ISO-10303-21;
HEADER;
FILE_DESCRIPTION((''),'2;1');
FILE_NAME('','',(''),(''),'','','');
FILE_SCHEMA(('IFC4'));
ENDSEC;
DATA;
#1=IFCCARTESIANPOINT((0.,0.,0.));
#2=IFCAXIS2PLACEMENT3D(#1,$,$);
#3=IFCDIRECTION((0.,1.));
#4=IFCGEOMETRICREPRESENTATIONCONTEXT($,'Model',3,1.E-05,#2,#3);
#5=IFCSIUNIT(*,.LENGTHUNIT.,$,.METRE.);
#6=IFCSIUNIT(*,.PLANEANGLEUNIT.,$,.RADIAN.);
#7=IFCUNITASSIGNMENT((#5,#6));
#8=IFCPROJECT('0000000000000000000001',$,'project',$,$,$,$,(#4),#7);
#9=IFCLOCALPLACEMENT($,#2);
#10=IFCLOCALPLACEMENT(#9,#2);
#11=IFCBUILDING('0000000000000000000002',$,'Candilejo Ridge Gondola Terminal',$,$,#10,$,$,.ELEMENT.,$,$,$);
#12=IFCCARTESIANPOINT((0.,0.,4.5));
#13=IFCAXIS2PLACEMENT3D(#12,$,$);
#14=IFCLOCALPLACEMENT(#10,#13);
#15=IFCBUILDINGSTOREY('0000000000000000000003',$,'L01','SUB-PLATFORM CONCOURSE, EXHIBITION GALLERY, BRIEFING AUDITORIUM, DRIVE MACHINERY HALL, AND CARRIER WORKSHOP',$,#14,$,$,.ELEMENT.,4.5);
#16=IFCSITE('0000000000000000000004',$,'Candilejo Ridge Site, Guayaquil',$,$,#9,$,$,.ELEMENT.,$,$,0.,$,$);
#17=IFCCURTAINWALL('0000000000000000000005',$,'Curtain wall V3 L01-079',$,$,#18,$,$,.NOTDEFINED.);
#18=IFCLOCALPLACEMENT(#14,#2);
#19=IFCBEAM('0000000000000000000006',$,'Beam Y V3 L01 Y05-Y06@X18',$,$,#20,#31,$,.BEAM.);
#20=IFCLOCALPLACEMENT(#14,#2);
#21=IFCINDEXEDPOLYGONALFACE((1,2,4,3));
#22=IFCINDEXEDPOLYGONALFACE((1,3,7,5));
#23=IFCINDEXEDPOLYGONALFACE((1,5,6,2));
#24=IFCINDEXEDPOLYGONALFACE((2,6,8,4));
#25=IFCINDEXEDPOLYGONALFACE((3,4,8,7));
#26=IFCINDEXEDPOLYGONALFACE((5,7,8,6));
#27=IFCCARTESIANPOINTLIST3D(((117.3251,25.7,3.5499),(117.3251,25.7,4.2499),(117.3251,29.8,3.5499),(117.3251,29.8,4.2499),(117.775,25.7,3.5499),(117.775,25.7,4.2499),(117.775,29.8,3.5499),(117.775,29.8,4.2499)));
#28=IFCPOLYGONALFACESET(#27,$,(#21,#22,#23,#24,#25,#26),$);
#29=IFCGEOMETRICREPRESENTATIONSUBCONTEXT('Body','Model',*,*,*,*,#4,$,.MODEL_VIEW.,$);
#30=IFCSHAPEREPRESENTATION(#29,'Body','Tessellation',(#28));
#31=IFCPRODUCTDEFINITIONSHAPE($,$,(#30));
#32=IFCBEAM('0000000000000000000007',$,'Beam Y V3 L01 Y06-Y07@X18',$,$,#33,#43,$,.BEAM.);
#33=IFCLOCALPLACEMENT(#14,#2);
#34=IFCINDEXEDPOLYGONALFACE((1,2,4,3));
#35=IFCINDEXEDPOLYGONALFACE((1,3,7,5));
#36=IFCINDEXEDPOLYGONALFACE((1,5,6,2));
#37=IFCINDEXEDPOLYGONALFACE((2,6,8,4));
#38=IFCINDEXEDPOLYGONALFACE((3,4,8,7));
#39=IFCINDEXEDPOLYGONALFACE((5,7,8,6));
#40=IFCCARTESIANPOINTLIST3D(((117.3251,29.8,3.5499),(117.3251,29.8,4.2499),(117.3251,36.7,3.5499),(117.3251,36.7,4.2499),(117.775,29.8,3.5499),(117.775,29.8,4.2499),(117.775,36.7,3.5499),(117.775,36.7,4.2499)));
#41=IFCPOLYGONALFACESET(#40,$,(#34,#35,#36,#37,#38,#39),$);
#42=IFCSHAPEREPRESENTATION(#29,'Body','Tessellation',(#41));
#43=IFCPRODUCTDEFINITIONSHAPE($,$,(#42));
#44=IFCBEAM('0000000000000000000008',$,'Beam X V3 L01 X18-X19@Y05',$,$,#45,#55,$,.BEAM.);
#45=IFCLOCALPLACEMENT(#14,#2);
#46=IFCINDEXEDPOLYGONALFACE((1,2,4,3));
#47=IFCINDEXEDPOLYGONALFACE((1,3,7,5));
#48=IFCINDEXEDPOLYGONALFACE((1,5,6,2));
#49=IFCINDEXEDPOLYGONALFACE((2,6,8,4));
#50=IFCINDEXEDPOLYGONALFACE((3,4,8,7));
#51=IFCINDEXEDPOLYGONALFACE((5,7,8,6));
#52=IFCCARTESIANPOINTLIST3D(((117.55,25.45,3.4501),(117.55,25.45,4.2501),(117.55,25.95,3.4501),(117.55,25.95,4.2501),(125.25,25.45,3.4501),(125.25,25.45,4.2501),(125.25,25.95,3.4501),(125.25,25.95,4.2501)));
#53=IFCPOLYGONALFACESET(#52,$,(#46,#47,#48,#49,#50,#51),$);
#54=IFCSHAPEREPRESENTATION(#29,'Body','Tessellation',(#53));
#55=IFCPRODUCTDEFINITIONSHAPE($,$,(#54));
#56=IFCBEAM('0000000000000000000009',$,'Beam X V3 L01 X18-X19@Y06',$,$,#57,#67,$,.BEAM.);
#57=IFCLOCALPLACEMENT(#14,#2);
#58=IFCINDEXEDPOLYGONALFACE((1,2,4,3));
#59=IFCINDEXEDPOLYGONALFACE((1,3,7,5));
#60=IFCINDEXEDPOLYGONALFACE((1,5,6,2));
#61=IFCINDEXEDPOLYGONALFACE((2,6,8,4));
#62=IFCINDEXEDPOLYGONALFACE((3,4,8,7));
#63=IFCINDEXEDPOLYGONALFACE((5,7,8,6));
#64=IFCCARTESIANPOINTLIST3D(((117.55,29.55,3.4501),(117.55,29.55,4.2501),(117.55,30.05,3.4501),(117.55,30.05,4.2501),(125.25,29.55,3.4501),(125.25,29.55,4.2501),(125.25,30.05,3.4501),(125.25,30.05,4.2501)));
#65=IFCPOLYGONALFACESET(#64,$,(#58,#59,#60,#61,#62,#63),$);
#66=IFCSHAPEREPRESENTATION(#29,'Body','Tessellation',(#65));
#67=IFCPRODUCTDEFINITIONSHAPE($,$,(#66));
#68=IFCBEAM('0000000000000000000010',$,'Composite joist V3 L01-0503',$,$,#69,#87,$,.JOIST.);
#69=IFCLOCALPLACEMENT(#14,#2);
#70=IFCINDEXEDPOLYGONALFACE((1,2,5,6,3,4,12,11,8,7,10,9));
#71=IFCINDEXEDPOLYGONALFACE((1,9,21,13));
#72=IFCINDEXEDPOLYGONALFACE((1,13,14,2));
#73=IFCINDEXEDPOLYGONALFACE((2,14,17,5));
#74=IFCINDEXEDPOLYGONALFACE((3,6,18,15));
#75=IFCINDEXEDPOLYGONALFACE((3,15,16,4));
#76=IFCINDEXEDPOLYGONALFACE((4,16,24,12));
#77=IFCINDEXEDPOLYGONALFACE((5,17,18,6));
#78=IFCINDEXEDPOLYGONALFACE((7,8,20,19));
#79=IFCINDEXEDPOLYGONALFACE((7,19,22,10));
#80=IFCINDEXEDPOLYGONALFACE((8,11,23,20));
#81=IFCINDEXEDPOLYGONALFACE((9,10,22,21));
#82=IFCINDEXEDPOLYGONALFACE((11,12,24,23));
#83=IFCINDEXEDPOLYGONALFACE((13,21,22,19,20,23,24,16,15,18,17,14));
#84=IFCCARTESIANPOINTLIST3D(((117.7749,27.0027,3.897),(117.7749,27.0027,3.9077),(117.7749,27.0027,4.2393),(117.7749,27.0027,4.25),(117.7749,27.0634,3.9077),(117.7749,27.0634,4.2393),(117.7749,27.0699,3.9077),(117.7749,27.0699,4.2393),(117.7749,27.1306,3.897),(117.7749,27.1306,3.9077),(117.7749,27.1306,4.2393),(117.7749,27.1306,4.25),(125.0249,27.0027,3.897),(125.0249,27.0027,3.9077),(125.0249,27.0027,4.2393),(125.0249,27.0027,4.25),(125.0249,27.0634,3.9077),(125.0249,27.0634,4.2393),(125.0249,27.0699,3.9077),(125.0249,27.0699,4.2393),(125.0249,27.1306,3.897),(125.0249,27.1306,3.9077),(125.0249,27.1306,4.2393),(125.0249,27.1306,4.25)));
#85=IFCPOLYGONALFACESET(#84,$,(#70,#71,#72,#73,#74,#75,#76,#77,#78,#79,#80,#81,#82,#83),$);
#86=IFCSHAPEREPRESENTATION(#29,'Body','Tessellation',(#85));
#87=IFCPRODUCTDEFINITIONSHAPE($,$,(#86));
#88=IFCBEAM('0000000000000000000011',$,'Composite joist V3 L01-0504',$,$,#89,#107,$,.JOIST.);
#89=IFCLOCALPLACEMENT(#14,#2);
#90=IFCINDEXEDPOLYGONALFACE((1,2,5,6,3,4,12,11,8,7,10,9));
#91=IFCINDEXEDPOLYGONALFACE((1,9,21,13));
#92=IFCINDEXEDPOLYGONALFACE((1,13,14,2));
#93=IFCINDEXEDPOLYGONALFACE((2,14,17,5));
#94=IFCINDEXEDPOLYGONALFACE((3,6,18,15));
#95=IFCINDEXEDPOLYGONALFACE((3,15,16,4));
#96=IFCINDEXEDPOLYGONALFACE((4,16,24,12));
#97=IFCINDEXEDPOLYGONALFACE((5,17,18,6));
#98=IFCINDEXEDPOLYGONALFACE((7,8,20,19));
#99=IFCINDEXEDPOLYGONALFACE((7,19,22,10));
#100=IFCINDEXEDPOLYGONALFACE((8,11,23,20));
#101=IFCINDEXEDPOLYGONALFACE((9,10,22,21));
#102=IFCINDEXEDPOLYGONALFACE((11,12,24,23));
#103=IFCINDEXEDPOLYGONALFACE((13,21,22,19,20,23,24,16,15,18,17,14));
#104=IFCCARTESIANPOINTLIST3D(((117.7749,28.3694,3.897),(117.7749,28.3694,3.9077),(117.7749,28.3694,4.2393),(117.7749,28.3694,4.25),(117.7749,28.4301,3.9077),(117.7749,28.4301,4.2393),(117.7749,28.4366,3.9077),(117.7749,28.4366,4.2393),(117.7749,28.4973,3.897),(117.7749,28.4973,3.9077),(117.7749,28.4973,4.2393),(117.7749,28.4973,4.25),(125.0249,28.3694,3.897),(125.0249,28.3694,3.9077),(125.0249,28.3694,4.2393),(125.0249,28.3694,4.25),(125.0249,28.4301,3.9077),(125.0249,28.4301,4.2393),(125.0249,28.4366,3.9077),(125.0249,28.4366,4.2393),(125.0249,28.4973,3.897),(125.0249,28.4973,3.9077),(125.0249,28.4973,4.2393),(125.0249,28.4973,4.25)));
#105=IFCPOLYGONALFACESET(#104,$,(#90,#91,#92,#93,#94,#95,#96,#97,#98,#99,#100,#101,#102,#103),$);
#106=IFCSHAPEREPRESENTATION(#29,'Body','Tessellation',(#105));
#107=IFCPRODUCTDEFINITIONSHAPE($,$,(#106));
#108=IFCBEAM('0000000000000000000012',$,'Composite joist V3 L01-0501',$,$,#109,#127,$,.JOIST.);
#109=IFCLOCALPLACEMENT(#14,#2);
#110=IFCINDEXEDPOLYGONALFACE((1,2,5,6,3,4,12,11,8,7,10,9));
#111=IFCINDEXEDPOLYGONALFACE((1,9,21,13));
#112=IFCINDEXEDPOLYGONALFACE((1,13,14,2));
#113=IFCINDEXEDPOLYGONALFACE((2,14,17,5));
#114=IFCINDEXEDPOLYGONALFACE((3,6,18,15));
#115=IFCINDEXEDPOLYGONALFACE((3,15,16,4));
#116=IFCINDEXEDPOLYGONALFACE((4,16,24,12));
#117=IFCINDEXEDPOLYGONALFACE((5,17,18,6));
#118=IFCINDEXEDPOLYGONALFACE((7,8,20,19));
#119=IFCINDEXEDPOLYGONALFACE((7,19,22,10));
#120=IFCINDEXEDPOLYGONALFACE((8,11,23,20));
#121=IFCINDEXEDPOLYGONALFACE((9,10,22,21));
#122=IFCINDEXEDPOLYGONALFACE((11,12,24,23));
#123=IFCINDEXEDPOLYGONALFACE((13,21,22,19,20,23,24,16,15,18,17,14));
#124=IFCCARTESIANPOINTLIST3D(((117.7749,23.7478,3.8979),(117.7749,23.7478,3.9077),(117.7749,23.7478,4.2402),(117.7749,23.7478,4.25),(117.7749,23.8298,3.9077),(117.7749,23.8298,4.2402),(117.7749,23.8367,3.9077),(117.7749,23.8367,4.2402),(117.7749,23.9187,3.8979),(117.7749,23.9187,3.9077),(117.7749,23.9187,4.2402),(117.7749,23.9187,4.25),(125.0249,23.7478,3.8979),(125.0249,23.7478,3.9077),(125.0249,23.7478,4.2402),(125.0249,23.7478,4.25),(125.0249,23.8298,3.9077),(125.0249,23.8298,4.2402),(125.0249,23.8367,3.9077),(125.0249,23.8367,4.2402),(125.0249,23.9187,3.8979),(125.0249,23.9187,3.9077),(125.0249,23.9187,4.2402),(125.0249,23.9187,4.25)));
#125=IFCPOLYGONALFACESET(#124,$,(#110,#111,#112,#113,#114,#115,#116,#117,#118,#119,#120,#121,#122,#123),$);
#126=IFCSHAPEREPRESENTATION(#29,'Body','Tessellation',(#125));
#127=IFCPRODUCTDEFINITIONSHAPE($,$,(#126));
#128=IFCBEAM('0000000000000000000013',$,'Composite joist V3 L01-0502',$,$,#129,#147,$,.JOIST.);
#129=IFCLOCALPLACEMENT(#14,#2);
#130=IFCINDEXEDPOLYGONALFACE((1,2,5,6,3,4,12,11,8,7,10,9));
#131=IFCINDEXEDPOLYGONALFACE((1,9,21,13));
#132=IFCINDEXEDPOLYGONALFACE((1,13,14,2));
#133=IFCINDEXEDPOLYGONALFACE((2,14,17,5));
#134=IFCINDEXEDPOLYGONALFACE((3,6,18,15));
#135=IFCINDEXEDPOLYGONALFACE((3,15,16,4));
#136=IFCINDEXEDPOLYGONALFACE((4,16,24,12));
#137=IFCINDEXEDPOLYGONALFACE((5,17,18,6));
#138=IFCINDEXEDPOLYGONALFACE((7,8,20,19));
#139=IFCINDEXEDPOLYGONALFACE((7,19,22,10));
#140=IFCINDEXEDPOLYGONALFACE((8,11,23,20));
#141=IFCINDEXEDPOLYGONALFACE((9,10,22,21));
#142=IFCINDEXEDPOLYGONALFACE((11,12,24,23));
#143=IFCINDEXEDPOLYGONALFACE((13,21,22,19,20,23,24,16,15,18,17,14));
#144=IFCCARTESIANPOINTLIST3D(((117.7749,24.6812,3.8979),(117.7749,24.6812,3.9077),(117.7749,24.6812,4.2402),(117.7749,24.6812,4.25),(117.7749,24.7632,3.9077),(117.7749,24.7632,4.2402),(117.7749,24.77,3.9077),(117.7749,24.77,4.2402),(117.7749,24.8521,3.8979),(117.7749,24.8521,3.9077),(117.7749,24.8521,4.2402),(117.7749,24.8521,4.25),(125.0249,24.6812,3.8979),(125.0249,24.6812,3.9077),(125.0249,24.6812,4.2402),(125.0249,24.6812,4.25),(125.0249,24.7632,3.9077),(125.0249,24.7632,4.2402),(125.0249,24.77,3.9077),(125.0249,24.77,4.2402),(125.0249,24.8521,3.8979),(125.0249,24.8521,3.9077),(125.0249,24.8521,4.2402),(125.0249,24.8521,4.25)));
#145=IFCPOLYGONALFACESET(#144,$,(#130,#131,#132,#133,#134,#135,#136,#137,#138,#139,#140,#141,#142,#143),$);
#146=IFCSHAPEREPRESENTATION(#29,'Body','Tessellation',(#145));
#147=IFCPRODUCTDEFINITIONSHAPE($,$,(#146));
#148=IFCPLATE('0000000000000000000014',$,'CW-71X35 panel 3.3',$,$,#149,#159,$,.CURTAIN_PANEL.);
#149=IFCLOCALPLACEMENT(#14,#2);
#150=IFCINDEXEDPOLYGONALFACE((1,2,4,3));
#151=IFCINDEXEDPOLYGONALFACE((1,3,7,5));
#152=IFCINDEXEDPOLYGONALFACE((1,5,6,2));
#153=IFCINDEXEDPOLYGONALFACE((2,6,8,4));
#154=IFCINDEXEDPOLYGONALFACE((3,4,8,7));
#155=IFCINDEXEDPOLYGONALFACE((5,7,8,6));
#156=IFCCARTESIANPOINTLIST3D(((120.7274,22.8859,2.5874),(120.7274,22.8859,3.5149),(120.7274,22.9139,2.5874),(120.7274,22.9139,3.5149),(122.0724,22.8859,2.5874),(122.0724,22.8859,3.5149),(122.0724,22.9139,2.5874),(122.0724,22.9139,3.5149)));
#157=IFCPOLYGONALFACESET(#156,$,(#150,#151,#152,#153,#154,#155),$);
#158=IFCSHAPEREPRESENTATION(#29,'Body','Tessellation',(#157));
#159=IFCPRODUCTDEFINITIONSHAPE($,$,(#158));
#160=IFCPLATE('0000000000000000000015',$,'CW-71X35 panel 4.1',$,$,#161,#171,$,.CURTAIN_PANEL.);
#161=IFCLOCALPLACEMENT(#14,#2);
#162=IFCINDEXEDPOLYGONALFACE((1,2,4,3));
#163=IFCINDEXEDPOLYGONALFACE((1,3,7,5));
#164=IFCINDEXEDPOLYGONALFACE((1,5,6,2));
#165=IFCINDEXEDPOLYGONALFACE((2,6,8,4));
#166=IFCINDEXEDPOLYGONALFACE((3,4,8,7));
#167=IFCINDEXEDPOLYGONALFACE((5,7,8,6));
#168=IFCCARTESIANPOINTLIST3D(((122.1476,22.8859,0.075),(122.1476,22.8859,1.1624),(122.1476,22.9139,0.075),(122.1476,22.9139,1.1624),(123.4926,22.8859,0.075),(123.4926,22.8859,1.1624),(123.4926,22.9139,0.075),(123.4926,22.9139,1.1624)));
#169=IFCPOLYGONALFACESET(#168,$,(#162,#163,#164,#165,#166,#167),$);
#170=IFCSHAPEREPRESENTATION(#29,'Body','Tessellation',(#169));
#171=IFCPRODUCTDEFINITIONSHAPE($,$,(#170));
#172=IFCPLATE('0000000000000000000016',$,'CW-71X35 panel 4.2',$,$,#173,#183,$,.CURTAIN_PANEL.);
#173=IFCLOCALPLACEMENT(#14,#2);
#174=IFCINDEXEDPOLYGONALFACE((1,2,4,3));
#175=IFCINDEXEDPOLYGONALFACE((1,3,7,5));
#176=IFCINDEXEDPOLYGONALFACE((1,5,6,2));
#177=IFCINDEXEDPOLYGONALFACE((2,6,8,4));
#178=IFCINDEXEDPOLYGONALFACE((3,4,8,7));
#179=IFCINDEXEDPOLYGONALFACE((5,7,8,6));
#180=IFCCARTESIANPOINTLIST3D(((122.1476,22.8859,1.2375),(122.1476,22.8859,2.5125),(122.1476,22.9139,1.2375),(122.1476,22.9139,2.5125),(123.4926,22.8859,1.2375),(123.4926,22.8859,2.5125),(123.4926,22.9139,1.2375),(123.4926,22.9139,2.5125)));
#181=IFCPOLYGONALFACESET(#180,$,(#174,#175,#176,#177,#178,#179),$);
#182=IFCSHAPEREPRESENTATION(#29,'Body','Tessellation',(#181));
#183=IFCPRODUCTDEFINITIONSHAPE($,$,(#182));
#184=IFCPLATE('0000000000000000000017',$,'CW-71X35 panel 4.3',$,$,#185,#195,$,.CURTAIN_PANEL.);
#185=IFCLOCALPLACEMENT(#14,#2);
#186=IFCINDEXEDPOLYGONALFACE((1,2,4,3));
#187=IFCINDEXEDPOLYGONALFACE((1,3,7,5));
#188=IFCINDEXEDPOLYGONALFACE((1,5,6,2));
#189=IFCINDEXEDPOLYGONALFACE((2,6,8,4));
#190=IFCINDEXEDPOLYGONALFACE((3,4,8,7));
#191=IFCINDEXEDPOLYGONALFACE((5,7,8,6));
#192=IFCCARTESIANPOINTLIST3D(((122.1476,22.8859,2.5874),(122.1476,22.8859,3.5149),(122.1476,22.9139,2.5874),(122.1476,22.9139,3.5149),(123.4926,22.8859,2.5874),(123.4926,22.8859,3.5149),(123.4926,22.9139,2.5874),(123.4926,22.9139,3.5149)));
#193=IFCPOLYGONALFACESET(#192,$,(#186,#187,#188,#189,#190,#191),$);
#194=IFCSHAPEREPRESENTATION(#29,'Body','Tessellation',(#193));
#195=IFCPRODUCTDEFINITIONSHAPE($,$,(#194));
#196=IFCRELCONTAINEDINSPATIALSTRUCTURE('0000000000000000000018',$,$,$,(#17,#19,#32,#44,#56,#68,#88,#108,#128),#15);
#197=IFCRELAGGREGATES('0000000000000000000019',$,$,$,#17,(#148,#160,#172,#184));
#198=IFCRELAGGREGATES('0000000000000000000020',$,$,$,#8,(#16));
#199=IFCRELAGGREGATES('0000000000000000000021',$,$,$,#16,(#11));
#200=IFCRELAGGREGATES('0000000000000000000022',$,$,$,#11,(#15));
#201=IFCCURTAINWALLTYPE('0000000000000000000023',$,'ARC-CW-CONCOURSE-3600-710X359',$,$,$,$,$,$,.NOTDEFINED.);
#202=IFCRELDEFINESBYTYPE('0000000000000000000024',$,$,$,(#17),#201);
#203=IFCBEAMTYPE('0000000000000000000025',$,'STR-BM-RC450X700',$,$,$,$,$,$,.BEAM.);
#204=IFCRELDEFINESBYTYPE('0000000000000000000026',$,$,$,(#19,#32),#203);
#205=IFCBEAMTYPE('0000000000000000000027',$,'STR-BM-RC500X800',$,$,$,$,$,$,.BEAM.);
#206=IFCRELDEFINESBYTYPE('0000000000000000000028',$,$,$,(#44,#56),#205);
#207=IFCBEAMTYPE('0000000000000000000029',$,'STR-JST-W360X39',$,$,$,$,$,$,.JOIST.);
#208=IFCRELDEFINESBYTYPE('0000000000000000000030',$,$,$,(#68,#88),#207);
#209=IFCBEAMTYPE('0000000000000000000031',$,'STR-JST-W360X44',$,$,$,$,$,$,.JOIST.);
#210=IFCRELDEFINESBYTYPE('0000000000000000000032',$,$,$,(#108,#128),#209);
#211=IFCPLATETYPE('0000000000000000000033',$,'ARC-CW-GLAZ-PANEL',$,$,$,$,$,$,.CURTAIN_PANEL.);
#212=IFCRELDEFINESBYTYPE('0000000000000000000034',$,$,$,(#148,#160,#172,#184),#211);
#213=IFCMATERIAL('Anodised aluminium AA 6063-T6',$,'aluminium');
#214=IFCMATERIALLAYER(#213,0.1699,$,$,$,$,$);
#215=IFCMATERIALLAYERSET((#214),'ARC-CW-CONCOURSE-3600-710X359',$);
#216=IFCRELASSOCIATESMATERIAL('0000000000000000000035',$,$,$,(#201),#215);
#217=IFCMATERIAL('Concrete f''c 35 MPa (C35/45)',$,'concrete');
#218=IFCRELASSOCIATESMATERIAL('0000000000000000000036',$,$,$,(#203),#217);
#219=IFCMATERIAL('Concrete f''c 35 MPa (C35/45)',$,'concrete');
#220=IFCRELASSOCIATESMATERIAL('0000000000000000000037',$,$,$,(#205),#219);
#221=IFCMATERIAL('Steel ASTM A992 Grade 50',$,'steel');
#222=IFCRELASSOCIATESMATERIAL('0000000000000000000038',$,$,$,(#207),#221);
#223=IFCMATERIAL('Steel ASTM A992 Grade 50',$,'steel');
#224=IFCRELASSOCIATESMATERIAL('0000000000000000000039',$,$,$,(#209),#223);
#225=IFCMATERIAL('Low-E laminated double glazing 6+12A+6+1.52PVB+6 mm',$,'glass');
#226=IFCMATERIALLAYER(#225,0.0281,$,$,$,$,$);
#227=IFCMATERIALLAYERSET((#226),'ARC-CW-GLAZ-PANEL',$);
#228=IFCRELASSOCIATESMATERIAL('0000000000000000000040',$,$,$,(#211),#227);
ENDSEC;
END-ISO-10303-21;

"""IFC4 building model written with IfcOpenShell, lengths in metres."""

from ifc_helpers import new_model, si_unit, direction, frame, origin, origin_2d, place, context, subcontext, project, spatial, rectangle, i_section, extrude, material, layer, layer_set, material_profile, profile_set, type_object, element, aggregate, save


model = new_model("IFC4")

# Units and contexts
model_context = context("Model", 3, precision=1e-05, world=origin(), true_north=direction((0.0, 1.0)))
body_context = subcontext(model_context, "Body", "Model", "MODEL_VIEW")
ifc_project = project(units=[si_unit("LENGTHUNIT", "METRE"), si_unit("PLANEANGLEUNIT", "RADIAN")], contexts=[model_context])

# Site, building, storey
site_placement = place(None, origin())
site = spatial("IfcSite", under=ifc_project, at=site_placement, Name="Candilejo Ridge Site, Guayaquil", CompositionType="ELEMENT", RefElevation=0.0)
building_placement = place(site_placement, origin())
building = spatial("IfcBuilding", under=site, at=building_placement, Name="Candilejo Ridge Gondola Terminal", CompositionType="ELEMENT")
storey_placement = place(building_placement, frame((0.0, 0.0, 4.5)))
storey = spatial("IfcBuildingStorey", under=building, at=storey_placement, Name="L01", Description="SUB-PLATFORM CONCOURSE, EXHIBITION GALLERY, BRIEFING AUDITORIUM, DRIVE MACHINERY HALL, AND CARRIER WORKSHOP", CompositionType="ELEMENT", Elevation=4.5)

# Curtain wall
ifc_material_1 = material(Name="Anodised aluminium AA 6063-T6", Category="aluminium")
ifc_layer_1 = layer(ifc_material_1, 0.1699)
ifc_layer_set_1 = layer_set([ifc_layer_1], Name="ARC-CW-CONCOURSE-3600-710X359")
curtain_wall_type = type_object("IfcCurtainWallType", Name="ARC-CW-CONCOURSE-3600-710X359", PredefinedType="NOTDEFINED", material=ifc_layer_set_1)
curtain_wall_placement = place(storey_placement, origin())
curtain_wall = element("IfcCurtainWall", 1, at=curtain_wall_placement, inside=storey, type_object=curtain_wall_type, Name="Curtain wall V3 L01-079", PredefinedType="NOTDEFINED")

# Beams
ifc_material_2 = material(Name="Concrete f'c 35 MPa (C35/45)", Category="concrete")
ifc_material_profile_1 = material_profile(ifc_material_2, rectangle(XDim=0.45, YDim=0.7, at=origin_2d()))
ifc_profile_set_1 = profile_set([ifc_material_profile_1], Name="Concrete f'c 35 MPa (C35/45)")
beam_type_1 = type_object("IfcBeamType", Name="STR-BM-RC450X700", PredefinedType="BEAM", material=ifc_profile_set_1)
beam_1_placement = place(storey_placement, frame((117.55, 25.7, 3.8999), z_axis=(0.0, 1.0, 0.0), x_axis=(-1.0, 0.0, 0.0)))
element("IfcBeam", 2, at=beam_1_placement, inside=storey, type_object=beam_type_1, Name="Beam Y V3 L01 Y05-Y06@X18", PredefinedType="BEAM", context=body_context, shape_type="SweptSolid", body=[
    extrude(rectangle(XDim=0.45, YDim=0.7, at=origin_2d()), origin(), (0.0, 0.0, 1.0), 4.1001),
])
beam_2_placement = place(storey_placement, frame((117.55, 29.8, 3.8999), z_axis=(0.0, 1.0, 0.0), x_axis=(-1.0, 0.0, 0.0)))
element("IfcBeam", 3, at=beam_2_placement, inside=storey, type_object=beam_type_1, Name="Beam Y V3 L01 Y06-Y07@X18", PredefinedType="BEAM", context=body_context, shape_type="SweptSolid", body=[
    extrude(rectangle(XDim=0.45, YDim=0.7, at=origin_2d()), origin(), (0.0, 0.0, 1.0), 6.8999),
])
ifc_material_3 = material(Name="Concrete f'c 35 MPa (C35/45)", Category="concrete")
ifc_material_profile_2 = material_profile(ifc_material_3, rectangle(XDim=0.5, YDim=0.8, at=origin_2d()))
ifc_profile_set_2 = profile_set([ifc_material_profile_2], Name="Concrete f'c 35 MPa (C35/45)")
beam_type_2 = type_object("IfcBeamType", Name="STR-BM-RC500X800", PredefinedType="BEAM", material=ifc_profile_set_2)
for number, where, z_axis, x_axis, name in (
    (4, (117.55, 25.7, 3.8501), (1.0, 0.0, 0.0), (0.0, 1.0, 0.0), "Beam X V3 L01 X18-X19@Y05"),
    (5, (117.55, 29.8, 3.8501), (1.0, 0.0, 0.0), (0.0, 1.0, 0.0), "Beam X V3 L01 X18-X19@Y06"),
):
    element("IfcBeam", number, at=place(storey_placement, frame(where, z_axis=z_axis, x_axis=x_axis)), inside=storey, type_object=beam_type_2, Name=name, PredefinedType="BEAM", context=body_context, shape_type="SweptSolid", body=[
        extrude(rectangle(XDim=0.5, YDim=0.8, at=origin_2d()), origin(), (0.0, 0.0, 1.0), 7.7),
    ])
ifc_material_4 = material(Name="Steel ASTM A992 Grade 50", Category="steel")
ifc_material_profile_3 = material_profile(ifc_material_4, i_section(OverallWidth=0.1279, OverallDepth=0.353, WebThickness=0.0066, FlangeThickness=0.0107, at=origin_2d()))
ifc_profile_set_3 = profile_set([ifc_material_profile_3], Name="Steel ASTM A992 Grade 50")
beam_type_3 = type_object("IfcBeamType", Name="STR-JST-W360X39", PredefinedType="JOIST", material=ifc_profile_set_3)
for number, where, z_axis, x_axis, name in (
    (6, (117.7749, 27.0667, 4.0735), (1.0, 0.0, 0.0), (0.0, 1.0, 0.0), "Composite joist V3 L01-0503"),
    (7, (117.7749, 28.4333, 4.0735), (1.0, 0.0, 0.0), (0.0, 1.0, 0.0), "Composite joist V3 L01-0504"),
):
    element("IfcBeam", number, at=place(storey_placement, frame(where, z_axis=z_axis, x_axis=x_axis)), inside=storey, type_object=beam_type_3, Name=name, PredefinedType="JOIST", context=body_context, shape_type="SweptSolid", body=[
        extrude(i_section(OverallWidth=0.1279, OverallDepth=0.353, WebThickness=0.0066, FlangeThickness=0.0107, at=origin_2d()), origin(), (0.0, 0.0, 1.0), 7.25),
    ])
ifc_material_5 = material(Name="Steel ASTM A992 Grade 50", Category="steel")
ifc_material_profile_4 = material_profile(ifc_material_5, i_section(OverallWidth=0.1709, OverallDepth=0.3521, WebThickness=0.0068, FlangeThickness=0.0098, at=origin_2d()))
ifc_profile_set_4 = profile_set([ifc_material_profile_4], Name="Steel ASTM A992 Grade 50")
beam_type_4 = type_object("IfcBeamType", Name="STR-JST-W360X44", PredefinedType="JOIST", material=ifc_profile_set_4)
for number, where, z_axis, x_axis, name in (
    (8, (117.7749, 23.8333, 4.074), (1.0, 0.0, 0.0), (0.0, 1.0, 0.0), "Composite joist V3 L01-0501"),
    (9, (117.7749, 24.7666, 4.074), (1.0, 0.0, 0.0), (0.0, 1.0, 0.0), "Composite joist V3 L01-0502"),
):
    element("IfcBeam", number, at=place(storey_placement, frame(where, z_axis=z_axis, x_axis=x_axis)), inside=storey, type_object=beam_type_4, Name=name, PredefinedType="JOIST", context=body_context, shape_type="SweptSolid", body=[
        extrude(i_section(OverallWidth=0.1709, OverallDepth=0.3521, WebThickness=0.0068, FlangeThickness=0.0098, at=origin_2d()), origin(), (0.0, 0.0, 1.0), 7.25),
    ])

# Plates
ifc_material_6 = material(Name="Low-E laminated double glazing 6+12A+6+1.52PVB+6 mm", Category="glass")
ifc_layer_2 = layer(ifc_material_6, 0.0281)
ifc_layer_set_2 = layer_set([ifc_layer_2], Name="ARC-CW-GLAZ-PANEL")
plate_type = type_object("IfcPlateType", Name="ARC-CW-GLAZ-PANEL", PredefinedType="CURTAIN_PANEL", material=ifc_layer_set_2)
plate_1_placement = place(storey_placement, frame((121.3999, 22.8999, 2.5874), z_axis=(0.0, 0.0, 1.0), x_axis=(1.0, 0.0, 0.0)))
plate_1 = element("IfcPlate", 10, at=plate_1_placement, type_object=plate_type, Name="CW-71X35 panel 3.3", PredefinedType="CURTAIN_PANEL", context=body_context, shape_type="SweptSolid", body=[
    extrude(rectangle(XDim=1.345, YDim=0.0281, at=origin_2d()), origin(), (0.0, 0.0, 1.0), 0.9275),
])
plate_2_placement = place(storey_placement, frame((122.8201, 22.8999, 0.075), z_axis=(0.0, 0.0, 1.0), x_axis=(1.0, 0.0, 0.0)))
plate_2 = element("IfcPlate", 11, at=plate_2_placement, type_object=plate_type, Name="CW-71X35 panel 4.1", PredefinedType="CURTAIN_PANEL", context=body_context, shape_type="SweptSolid", body=[
    extrude(rectangle(XDim=1.345, YDim=0.0281, at=origin_2d()), origin(), (0.0, 0.0, 1.0), 1.0874),
])
plate_3_placement = place(storey_placement, frame((122.8201, 22.8999, 1.2375), z_axis=(0.0, 0.0, 1.0), x_axis=(1.0, 0.0, 0.0)))
plate_3 = element("IfcPlate", 12, at=plate_3_placement, type_object=plate_type, Name="CW-71X35 panel 4.2", PredefinedType="CURTAIN_PANEL", context=body_context, shape_type="SweptSolid", body=[
    extrude(rectangle(XDim=1.345, YDim=0.0281, at=origin_2d()), origin(), (0.0, 0.0, 1.0), 1.2749),
])
plate_4_placement = place(storey_placement, frame((122.8201, 22.8999, 2.5874), z_axis=(0.0, 0.0, 1.0), x_axis=(1.0, 0.0, 0.0)))
plate_4 = element("IfcPlate", 13, at=plate_4_placement, type_object=plate_type, Name="CW-71X35 panel 4.3", PredefinedType="CURTAIN_PANEL", context=body_context, shape_type="SweptSolid", body=[
    extrude(rectangle(XDim=1.345, YDim=0.0281, at=origin_2d()), origin(), (0.0, 0.0, 1.0), 0.9275),
])
aggregate(curtain_wall, [plate_1, plate_2, plate_3, plate_4])

save(model, "model.ifc")
